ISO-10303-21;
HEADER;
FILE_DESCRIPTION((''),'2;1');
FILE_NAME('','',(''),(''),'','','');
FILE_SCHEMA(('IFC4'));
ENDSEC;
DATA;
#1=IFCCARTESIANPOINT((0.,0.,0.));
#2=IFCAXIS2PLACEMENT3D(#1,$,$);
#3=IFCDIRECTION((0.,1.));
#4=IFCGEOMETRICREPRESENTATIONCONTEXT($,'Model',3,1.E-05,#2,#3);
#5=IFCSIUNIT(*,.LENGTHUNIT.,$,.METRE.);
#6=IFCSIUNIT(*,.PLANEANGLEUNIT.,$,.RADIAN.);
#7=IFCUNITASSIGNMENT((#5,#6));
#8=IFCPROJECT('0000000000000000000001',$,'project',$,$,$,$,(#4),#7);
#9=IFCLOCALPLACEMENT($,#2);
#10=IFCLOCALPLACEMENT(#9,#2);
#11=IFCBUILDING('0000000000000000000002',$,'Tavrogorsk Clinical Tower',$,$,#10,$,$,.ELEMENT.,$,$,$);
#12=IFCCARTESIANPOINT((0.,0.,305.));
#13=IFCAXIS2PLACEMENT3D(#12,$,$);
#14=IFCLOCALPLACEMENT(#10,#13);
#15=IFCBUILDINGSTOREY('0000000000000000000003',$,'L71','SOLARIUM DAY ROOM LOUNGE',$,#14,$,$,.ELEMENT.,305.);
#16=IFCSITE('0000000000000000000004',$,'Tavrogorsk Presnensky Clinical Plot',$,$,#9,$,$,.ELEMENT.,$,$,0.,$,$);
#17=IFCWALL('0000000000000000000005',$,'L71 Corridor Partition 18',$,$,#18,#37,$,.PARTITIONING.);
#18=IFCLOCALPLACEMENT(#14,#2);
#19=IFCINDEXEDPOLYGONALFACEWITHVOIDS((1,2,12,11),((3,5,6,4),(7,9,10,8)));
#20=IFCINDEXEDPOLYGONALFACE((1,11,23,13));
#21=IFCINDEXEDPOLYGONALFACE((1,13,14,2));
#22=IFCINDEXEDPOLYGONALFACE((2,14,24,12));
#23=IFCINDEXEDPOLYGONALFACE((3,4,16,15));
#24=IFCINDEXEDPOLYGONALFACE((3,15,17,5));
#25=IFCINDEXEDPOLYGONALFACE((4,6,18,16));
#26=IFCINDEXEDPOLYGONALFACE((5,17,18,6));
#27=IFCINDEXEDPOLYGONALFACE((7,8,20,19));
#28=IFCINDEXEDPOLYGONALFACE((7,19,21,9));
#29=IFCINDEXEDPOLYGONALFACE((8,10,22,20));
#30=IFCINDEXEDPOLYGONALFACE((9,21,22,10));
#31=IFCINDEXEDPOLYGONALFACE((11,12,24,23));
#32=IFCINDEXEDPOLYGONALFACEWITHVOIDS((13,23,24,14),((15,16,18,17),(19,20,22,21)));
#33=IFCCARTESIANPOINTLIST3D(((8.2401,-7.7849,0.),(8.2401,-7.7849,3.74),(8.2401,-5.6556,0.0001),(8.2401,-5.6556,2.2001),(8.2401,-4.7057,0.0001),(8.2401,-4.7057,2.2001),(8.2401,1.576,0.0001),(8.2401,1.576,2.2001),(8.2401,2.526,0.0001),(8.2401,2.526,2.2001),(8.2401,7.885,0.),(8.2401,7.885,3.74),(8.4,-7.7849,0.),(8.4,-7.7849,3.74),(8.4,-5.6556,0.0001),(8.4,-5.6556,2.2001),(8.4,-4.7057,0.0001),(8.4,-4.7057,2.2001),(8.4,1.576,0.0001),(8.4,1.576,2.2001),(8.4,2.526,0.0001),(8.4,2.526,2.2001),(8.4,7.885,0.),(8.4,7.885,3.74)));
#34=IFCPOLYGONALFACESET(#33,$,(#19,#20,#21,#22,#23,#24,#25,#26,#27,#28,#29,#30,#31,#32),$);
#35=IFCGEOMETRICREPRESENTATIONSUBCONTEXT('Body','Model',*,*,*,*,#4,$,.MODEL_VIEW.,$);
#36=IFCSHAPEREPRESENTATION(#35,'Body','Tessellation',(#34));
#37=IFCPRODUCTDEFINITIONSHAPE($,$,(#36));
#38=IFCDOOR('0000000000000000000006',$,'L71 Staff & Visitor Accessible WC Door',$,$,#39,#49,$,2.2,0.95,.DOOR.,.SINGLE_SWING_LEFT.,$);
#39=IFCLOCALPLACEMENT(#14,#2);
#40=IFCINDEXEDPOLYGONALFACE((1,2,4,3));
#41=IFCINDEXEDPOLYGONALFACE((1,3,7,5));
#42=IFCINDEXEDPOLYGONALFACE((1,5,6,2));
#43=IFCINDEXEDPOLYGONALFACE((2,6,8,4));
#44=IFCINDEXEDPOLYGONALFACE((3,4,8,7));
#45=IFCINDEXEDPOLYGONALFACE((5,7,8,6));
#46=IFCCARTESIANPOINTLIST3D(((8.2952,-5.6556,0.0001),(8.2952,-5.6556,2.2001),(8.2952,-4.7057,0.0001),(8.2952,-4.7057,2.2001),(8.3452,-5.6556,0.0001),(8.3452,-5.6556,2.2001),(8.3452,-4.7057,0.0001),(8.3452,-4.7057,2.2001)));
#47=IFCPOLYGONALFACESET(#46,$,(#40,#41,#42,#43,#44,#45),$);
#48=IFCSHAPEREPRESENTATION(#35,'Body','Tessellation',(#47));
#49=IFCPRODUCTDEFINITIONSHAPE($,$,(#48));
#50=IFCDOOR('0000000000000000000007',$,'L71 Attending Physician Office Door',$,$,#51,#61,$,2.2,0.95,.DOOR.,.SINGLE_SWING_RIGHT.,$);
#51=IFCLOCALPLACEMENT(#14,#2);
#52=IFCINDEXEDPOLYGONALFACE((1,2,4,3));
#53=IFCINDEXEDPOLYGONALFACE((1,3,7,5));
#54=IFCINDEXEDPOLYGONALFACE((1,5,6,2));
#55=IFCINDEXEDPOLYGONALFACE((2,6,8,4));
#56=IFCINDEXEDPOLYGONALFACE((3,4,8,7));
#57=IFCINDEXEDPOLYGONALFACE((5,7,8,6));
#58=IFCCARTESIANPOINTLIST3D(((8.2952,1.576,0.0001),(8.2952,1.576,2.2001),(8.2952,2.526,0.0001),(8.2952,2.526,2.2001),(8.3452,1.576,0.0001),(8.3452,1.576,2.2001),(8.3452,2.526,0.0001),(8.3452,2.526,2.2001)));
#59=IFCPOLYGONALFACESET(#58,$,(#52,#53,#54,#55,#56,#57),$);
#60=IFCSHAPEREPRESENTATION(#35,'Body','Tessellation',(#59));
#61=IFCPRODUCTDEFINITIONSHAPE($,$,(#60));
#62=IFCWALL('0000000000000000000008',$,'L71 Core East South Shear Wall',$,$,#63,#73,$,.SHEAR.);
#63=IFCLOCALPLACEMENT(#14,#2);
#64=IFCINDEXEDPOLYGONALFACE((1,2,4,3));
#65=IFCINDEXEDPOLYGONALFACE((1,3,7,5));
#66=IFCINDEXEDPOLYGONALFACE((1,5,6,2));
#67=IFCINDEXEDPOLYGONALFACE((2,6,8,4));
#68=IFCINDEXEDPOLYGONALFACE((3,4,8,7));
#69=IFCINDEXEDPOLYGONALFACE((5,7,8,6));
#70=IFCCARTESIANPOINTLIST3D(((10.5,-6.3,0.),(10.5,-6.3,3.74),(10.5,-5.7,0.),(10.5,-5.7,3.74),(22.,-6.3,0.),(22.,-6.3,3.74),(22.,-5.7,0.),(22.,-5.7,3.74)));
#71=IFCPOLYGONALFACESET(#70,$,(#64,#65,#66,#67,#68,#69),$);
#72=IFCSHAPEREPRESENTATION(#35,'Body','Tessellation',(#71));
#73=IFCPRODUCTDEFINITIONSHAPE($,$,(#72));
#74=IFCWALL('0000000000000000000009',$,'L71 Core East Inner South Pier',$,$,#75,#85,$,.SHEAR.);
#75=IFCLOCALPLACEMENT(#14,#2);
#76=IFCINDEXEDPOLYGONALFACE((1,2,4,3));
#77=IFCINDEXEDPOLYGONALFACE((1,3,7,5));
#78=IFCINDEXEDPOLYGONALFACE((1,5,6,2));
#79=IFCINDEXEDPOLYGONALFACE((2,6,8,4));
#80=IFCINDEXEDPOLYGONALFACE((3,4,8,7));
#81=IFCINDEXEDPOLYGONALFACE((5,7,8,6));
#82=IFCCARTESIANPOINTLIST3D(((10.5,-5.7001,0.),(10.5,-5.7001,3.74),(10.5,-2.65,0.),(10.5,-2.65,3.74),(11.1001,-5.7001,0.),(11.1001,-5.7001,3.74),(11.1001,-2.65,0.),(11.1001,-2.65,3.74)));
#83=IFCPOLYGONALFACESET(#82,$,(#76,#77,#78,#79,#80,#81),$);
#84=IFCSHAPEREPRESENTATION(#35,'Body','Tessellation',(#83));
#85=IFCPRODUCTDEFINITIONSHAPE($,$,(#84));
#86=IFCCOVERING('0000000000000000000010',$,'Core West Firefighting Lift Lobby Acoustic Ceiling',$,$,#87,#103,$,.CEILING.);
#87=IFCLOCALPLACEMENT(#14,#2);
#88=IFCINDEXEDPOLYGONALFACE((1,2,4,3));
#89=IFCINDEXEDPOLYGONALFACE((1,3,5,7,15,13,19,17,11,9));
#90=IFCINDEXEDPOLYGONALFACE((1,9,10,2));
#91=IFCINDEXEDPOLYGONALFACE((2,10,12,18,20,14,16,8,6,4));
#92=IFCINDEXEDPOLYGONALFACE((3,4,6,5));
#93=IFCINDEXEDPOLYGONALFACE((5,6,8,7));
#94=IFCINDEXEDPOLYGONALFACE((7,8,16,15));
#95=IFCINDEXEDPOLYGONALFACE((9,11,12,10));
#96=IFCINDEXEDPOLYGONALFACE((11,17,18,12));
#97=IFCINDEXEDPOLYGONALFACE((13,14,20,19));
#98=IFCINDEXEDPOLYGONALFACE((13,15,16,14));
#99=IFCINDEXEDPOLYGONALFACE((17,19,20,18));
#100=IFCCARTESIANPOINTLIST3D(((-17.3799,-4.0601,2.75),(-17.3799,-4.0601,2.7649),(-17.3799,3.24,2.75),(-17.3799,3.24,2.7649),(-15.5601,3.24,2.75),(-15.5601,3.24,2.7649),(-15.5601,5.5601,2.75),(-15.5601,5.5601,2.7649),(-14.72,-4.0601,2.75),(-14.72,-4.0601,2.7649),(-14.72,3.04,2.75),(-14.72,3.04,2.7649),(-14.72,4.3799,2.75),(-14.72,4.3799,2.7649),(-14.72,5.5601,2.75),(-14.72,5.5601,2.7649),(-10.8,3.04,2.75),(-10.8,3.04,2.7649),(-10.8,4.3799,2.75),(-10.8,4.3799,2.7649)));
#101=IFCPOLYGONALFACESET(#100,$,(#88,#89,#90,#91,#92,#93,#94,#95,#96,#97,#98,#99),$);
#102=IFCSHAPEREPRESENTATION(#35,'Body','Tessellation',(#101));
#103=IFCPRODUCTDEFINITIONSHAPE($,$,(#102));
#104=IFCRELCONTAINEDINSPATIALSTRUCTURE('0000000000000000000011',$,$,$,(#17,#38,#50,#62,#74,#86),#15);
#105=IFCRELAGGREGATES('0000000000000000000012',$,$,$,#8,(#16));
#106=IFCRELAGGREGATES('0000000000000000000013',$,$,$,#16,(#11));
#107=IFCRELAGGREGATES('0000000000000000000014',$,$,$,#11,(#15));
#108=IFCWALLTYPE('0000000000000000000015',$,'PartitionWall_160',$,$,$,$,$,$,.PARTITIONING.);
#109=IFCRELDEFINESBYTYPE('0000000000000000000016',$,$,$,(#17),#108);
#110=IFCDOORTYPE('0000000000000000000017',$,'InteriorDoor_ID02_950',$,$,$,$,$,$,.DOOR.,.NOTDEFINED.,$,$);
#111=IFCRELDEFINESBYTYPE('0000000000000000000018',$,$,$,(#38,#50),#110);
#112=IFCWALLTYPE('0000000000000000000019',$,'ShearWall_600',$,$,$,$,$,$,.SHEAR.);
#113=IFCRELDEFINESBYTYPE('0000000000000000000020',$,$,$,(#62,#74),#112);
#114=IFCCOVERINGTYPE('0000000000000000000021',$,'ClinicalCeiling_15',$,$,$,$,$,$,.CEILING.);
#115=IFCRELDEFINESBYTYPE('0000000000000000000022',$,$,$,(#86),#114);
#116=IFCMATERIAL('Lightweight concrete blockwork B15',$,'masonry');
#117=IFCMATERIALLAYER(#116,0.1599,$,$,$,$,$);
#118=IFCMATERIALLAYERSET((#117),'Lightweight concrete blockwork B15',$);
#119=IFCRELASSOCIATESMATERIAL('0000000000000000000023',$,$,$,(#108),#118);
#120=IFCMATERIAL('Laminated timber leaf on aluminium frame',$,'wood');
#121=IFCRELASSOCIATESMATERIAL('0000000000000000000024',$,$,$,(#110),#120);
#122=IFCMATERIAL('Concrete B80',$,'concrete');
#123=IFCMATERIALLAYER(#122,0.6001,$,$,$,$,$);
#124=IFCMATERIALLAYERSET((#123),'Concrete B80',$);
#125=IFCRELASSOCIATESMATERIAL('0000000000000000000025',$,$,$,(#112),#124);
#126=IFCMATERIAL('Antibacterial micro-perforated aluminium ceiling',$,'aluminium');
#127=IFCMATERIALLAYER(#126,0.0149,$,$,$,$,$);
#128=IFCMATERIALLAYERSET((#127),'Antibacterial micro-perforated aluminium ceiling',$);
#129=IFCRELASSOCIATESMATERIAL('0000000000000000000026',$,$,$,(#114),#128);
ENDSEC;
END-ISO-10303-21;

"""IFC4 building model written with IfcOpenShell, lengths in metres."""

from ifc_helpers import new_model, si_unit, direction, frame, frame_2d, origin, place, context, subcontext, project, spatial, polyline, rectangle, outline, extrude, material, layer, layer_set, type_object, element, fill, save


model = new_model("IFC4")

# Units and contexts
model_context = context("Model", 3, precision=1e-05, world=origin(), true_north=direction((0.0, 1.0)))
body_context = subcontext(model_context, "Body", "Model", "MODEL_VIEW")
ifc_project = project(units=[si_unit("LENGTHUNIT", "METRE"), si_unit("PLANEANGLEUNIT", "RADIAN")], contexts=[model_context])

# Site, building, storey
site_placement = place(None, origin())
site = spatial("IfcSite", under=ifc_project, at=site_placement, Name="Tavrogorsk Presnensky Clinical Plot", CompositionType="ELEMENT", RefElevation=0.0)
building_placement = place(site_placement, origin())
building = spatial("IfcBuilding", under=site, at=building_placement, Name="Tavrogorsk Clinical Tower", CompositionType="ELEMENT")
storey_placement = place(building_placement, frame((0.0, 0.0, 305.0)))
storey = spatial("IfcBuildingStorey", under=building, at=storey_placement, Name="L71", Description="SOLARIUM DAY ROOM LOUNGE", CompositionType="ELEMENT", Elevation=305.0)

# Shared definitions
ifc_material_1 = material(Name="Lightweight concrete blockwork B15", Category="masonry")
ifc_layer_1 = layer(ifc_material_1, 0.1599)
ifc_layer_set_1 = layer_set([ifc_layer_1], Name="Lightweight concrete blockwork B15")
wall_type_1 = type_object("IfcWallType", Name="PartitionWall_160", PredefinedType="PARTITIONING", material=ifc_layer_set_1)

# Wall, openings, doors
wall_1_placement = place(storey_placement, frame((8.3201, -7.7849, 0.0), z_axis=(0.0, 0.0, 1.0), x_axis=(0.0, 1.0, 0.0)))
wall_1 = element("IfcWall", 1, at=wall_1_placement, inside=storey, type_object=wall_type_1, Name="L71 Corridor Partition 18", PredefinedType="PARTITIONING", context=body_context, shape_type="SweptSolid", body=[
    extrude(rectangle(XDim=15.6699, YDim=0.1599, at=frame_2d((7.835, 0.0))), origin(), (0.0, 0.0, 1.0), 3.74),
])
opening_1_placement = place(wall_1_placement, frame((2.1292, 0.0, 0.0)))
opening_1 = element("IfcOpeningElement", 2, at=opening_1_placement, cuts=wall_1, PredefinedType="OPENING", context=body_context, shape_type="SweptSolid", body=[
    extrude(rectangle(XDim=0.95, YDim=2.2, at=frame_2d((0.4751, 1.1001))), frame((0.0, 0.0898, 0.0), z_axis=(0.0, -1.0, 0.0), x_axis=(1.0, 0.0, 0.0)), (0.0, 0.0, 1.0), 0.1799),
])
opening_2_placement = place(wall_1_placement, frame((9.3608, 0.0, 0.0)))
opening_2 = element("IfcOpeningElement", 3, at=opening_2_placement, cuts=wall_1, PredefinedType="OPENING", context=body_context, shape_type="SweptSolid", body=[
    extrude(rectangle(XDim=0.95, YDim=2.2, at=frame_2d((0.4751, 1.1001))), frame((0.0, 0.0898, 0.0), z_axis=(0.0, -1.0, 0.0), x_axis=(1.0, 0.0, 0.0)), (0.0, 0.0, 1.0), 0.1799),
])
ifc_material_2 = material(Name="Laminated timber leaf on aluminium frame", Category="wood")
door_type = type_object("IfcDoorType", Name="InteriorDoor_ID02_950", OperationType="NOTDEFINED", PredefinedType="DOOR", material=ifc_material_2)
door_1_placement = place(opening_1_placement, origin())
door_1 = element("IfcDoor", 4, at=door_1_placement, inside=storey, type_object=door_type, Name="L71 Staff & Visitor Accessible WC Door", OperationType="SINGLE_SWING_LEFT", OverallHeight=2.2, OverallWidth=0.95, PredefinedType="DOOR", context=body_context, shape_type="SweptSolid", body=[
    extrude(rectangle(XDim=0.95, YDim=2.2, at=frame_2d((0.4751, 1.1001))), frame((0.0, 0.0249, 0.0), z_axis=(0.0, -1.0, 0.0), x_axis=(1.0, 0.0, 0.0)), (0.0, 0.0, 1.0), 0.05),
])
fill(opening_1, door_1)
door_2_placement = place(opening_2_placement, origin())
door_2 = element("IfcDoor", 5, at=door_2_placement, inside=storey, type_object=door_type, Name="L71 Attending Physician Office Door", OperationType="SINGLE_SWING_RIGHT", OverallHeight=2.2, OverallWidth=0.95, PredefinedType="DOOR", context=body_context, shape_type="SweptSolid", body=[
    extrude(rectangle(XDim=0.95, YDim=2.2, at=frame_2d((0.4751, 1.1001))), frame((0.0, 0.0249, 0.0), z_axis=(0.0, -1.0, 0.0), x_axis=(1.0, 0.0, 0.0)), (0.0, 0.0, 1.0), 0.05),
])
fill(opening_2, door_2)

# Walls
ifc_material_3 = material(Name="Concrete B80", Category="concrete")
ifc_layer_2 = layer(ifc_material_3, 0.6001)
ifc_layer_set_2 = layer_set([ifc_layer_2], Name="Concrete B80")
wall_type_2 = type_object("IfcWallType", Name="ShearWall_600", PredefinedType="SHEAR", material=ifc_layer_set_2)
wall_2_placement = place(storey_placement, frame((10.5, -6.0, 0.0), z_axis=(0.0, 0.0, 1.0), x_axis=(1.0, 0.0, 0.0)))
element("IfcWall", 6, at=wall_2_placement, inside=storey, type_object=wall_type_2, Name="L71 Core East South Shear Wall", PredefinedType="SHEAR", context=body_context, shape_type="SweptSolid", body=[
    extrude(rectangle(XDim=11.5, YDim=0.6001, at=frame_2d((5.75, 0.0))), origin(), (0.0, 0.0, 1.0), 3.74),
])
wall_3_placement = place(storey_placement, frame((10.8, -5.7, 0.0), z_axis=(0.0, 0.0, 1.0), x_axis=(0.0, 1.0, 0.0)))
element("IfcWall", 7, at=wall_3_placement, inside=storey, type_object=wall_type_2, Name="L71 Core East Inner South Pier", PredefinedType="SHEAR", context=body_context, shape_type="SweptSolid", body=[
    extrude(rectangle(XDim=3.05, YDim=0.6001, at=frame_2d((1.5249, 0.0))), origin(), (0.0, 0.0, 1.0), 3.74),
])

# Covering
ifc_material_4 = material(Name="Antibacterial micro-perforated aluminium ceiling", Category="aluminium")
ifc_layer_3 = layer(ifc_material_4, 0.0149)
ifc_layer_set_3 = layer_set([ifc_layer_3], Name="Antibacterial micro-perforated aluminium ceiling")
covering_type = type_object("IfcCoveringType", Name="ClinicalCeiling_15", PredefinedType="CEILING", material=ifc_layer_set_3)
covering_placement = place(storey_placement, frame((0.0, 0.0, 2.75)))
element("IfcCovering", 8, at=covering_placement, inside=storey, type_object=covering_type, Name="Core West Firefighting Lift Lobby Acoustic Ceiling", PredefinedType="CEILING", context=body_context, shape_type="SweptSolid", body=[
    extrude(outline(polyline([(-14.72, 4.3799), (-10.8, 4.3799), (-10.8, 3.04), (-14.72, 3.04), (-14.72, -4.0601), (-17.3799, -4.0601), (-17.3799, 3.24), (-15.5601, 3.24), (-15.5601, 5.5601), (-14.72, 5.5601), (-14.72, 4.3799)])), origin(), (0.0, 0.0, 1.0), 0.0149),
])

save(model, "model.ifc")
